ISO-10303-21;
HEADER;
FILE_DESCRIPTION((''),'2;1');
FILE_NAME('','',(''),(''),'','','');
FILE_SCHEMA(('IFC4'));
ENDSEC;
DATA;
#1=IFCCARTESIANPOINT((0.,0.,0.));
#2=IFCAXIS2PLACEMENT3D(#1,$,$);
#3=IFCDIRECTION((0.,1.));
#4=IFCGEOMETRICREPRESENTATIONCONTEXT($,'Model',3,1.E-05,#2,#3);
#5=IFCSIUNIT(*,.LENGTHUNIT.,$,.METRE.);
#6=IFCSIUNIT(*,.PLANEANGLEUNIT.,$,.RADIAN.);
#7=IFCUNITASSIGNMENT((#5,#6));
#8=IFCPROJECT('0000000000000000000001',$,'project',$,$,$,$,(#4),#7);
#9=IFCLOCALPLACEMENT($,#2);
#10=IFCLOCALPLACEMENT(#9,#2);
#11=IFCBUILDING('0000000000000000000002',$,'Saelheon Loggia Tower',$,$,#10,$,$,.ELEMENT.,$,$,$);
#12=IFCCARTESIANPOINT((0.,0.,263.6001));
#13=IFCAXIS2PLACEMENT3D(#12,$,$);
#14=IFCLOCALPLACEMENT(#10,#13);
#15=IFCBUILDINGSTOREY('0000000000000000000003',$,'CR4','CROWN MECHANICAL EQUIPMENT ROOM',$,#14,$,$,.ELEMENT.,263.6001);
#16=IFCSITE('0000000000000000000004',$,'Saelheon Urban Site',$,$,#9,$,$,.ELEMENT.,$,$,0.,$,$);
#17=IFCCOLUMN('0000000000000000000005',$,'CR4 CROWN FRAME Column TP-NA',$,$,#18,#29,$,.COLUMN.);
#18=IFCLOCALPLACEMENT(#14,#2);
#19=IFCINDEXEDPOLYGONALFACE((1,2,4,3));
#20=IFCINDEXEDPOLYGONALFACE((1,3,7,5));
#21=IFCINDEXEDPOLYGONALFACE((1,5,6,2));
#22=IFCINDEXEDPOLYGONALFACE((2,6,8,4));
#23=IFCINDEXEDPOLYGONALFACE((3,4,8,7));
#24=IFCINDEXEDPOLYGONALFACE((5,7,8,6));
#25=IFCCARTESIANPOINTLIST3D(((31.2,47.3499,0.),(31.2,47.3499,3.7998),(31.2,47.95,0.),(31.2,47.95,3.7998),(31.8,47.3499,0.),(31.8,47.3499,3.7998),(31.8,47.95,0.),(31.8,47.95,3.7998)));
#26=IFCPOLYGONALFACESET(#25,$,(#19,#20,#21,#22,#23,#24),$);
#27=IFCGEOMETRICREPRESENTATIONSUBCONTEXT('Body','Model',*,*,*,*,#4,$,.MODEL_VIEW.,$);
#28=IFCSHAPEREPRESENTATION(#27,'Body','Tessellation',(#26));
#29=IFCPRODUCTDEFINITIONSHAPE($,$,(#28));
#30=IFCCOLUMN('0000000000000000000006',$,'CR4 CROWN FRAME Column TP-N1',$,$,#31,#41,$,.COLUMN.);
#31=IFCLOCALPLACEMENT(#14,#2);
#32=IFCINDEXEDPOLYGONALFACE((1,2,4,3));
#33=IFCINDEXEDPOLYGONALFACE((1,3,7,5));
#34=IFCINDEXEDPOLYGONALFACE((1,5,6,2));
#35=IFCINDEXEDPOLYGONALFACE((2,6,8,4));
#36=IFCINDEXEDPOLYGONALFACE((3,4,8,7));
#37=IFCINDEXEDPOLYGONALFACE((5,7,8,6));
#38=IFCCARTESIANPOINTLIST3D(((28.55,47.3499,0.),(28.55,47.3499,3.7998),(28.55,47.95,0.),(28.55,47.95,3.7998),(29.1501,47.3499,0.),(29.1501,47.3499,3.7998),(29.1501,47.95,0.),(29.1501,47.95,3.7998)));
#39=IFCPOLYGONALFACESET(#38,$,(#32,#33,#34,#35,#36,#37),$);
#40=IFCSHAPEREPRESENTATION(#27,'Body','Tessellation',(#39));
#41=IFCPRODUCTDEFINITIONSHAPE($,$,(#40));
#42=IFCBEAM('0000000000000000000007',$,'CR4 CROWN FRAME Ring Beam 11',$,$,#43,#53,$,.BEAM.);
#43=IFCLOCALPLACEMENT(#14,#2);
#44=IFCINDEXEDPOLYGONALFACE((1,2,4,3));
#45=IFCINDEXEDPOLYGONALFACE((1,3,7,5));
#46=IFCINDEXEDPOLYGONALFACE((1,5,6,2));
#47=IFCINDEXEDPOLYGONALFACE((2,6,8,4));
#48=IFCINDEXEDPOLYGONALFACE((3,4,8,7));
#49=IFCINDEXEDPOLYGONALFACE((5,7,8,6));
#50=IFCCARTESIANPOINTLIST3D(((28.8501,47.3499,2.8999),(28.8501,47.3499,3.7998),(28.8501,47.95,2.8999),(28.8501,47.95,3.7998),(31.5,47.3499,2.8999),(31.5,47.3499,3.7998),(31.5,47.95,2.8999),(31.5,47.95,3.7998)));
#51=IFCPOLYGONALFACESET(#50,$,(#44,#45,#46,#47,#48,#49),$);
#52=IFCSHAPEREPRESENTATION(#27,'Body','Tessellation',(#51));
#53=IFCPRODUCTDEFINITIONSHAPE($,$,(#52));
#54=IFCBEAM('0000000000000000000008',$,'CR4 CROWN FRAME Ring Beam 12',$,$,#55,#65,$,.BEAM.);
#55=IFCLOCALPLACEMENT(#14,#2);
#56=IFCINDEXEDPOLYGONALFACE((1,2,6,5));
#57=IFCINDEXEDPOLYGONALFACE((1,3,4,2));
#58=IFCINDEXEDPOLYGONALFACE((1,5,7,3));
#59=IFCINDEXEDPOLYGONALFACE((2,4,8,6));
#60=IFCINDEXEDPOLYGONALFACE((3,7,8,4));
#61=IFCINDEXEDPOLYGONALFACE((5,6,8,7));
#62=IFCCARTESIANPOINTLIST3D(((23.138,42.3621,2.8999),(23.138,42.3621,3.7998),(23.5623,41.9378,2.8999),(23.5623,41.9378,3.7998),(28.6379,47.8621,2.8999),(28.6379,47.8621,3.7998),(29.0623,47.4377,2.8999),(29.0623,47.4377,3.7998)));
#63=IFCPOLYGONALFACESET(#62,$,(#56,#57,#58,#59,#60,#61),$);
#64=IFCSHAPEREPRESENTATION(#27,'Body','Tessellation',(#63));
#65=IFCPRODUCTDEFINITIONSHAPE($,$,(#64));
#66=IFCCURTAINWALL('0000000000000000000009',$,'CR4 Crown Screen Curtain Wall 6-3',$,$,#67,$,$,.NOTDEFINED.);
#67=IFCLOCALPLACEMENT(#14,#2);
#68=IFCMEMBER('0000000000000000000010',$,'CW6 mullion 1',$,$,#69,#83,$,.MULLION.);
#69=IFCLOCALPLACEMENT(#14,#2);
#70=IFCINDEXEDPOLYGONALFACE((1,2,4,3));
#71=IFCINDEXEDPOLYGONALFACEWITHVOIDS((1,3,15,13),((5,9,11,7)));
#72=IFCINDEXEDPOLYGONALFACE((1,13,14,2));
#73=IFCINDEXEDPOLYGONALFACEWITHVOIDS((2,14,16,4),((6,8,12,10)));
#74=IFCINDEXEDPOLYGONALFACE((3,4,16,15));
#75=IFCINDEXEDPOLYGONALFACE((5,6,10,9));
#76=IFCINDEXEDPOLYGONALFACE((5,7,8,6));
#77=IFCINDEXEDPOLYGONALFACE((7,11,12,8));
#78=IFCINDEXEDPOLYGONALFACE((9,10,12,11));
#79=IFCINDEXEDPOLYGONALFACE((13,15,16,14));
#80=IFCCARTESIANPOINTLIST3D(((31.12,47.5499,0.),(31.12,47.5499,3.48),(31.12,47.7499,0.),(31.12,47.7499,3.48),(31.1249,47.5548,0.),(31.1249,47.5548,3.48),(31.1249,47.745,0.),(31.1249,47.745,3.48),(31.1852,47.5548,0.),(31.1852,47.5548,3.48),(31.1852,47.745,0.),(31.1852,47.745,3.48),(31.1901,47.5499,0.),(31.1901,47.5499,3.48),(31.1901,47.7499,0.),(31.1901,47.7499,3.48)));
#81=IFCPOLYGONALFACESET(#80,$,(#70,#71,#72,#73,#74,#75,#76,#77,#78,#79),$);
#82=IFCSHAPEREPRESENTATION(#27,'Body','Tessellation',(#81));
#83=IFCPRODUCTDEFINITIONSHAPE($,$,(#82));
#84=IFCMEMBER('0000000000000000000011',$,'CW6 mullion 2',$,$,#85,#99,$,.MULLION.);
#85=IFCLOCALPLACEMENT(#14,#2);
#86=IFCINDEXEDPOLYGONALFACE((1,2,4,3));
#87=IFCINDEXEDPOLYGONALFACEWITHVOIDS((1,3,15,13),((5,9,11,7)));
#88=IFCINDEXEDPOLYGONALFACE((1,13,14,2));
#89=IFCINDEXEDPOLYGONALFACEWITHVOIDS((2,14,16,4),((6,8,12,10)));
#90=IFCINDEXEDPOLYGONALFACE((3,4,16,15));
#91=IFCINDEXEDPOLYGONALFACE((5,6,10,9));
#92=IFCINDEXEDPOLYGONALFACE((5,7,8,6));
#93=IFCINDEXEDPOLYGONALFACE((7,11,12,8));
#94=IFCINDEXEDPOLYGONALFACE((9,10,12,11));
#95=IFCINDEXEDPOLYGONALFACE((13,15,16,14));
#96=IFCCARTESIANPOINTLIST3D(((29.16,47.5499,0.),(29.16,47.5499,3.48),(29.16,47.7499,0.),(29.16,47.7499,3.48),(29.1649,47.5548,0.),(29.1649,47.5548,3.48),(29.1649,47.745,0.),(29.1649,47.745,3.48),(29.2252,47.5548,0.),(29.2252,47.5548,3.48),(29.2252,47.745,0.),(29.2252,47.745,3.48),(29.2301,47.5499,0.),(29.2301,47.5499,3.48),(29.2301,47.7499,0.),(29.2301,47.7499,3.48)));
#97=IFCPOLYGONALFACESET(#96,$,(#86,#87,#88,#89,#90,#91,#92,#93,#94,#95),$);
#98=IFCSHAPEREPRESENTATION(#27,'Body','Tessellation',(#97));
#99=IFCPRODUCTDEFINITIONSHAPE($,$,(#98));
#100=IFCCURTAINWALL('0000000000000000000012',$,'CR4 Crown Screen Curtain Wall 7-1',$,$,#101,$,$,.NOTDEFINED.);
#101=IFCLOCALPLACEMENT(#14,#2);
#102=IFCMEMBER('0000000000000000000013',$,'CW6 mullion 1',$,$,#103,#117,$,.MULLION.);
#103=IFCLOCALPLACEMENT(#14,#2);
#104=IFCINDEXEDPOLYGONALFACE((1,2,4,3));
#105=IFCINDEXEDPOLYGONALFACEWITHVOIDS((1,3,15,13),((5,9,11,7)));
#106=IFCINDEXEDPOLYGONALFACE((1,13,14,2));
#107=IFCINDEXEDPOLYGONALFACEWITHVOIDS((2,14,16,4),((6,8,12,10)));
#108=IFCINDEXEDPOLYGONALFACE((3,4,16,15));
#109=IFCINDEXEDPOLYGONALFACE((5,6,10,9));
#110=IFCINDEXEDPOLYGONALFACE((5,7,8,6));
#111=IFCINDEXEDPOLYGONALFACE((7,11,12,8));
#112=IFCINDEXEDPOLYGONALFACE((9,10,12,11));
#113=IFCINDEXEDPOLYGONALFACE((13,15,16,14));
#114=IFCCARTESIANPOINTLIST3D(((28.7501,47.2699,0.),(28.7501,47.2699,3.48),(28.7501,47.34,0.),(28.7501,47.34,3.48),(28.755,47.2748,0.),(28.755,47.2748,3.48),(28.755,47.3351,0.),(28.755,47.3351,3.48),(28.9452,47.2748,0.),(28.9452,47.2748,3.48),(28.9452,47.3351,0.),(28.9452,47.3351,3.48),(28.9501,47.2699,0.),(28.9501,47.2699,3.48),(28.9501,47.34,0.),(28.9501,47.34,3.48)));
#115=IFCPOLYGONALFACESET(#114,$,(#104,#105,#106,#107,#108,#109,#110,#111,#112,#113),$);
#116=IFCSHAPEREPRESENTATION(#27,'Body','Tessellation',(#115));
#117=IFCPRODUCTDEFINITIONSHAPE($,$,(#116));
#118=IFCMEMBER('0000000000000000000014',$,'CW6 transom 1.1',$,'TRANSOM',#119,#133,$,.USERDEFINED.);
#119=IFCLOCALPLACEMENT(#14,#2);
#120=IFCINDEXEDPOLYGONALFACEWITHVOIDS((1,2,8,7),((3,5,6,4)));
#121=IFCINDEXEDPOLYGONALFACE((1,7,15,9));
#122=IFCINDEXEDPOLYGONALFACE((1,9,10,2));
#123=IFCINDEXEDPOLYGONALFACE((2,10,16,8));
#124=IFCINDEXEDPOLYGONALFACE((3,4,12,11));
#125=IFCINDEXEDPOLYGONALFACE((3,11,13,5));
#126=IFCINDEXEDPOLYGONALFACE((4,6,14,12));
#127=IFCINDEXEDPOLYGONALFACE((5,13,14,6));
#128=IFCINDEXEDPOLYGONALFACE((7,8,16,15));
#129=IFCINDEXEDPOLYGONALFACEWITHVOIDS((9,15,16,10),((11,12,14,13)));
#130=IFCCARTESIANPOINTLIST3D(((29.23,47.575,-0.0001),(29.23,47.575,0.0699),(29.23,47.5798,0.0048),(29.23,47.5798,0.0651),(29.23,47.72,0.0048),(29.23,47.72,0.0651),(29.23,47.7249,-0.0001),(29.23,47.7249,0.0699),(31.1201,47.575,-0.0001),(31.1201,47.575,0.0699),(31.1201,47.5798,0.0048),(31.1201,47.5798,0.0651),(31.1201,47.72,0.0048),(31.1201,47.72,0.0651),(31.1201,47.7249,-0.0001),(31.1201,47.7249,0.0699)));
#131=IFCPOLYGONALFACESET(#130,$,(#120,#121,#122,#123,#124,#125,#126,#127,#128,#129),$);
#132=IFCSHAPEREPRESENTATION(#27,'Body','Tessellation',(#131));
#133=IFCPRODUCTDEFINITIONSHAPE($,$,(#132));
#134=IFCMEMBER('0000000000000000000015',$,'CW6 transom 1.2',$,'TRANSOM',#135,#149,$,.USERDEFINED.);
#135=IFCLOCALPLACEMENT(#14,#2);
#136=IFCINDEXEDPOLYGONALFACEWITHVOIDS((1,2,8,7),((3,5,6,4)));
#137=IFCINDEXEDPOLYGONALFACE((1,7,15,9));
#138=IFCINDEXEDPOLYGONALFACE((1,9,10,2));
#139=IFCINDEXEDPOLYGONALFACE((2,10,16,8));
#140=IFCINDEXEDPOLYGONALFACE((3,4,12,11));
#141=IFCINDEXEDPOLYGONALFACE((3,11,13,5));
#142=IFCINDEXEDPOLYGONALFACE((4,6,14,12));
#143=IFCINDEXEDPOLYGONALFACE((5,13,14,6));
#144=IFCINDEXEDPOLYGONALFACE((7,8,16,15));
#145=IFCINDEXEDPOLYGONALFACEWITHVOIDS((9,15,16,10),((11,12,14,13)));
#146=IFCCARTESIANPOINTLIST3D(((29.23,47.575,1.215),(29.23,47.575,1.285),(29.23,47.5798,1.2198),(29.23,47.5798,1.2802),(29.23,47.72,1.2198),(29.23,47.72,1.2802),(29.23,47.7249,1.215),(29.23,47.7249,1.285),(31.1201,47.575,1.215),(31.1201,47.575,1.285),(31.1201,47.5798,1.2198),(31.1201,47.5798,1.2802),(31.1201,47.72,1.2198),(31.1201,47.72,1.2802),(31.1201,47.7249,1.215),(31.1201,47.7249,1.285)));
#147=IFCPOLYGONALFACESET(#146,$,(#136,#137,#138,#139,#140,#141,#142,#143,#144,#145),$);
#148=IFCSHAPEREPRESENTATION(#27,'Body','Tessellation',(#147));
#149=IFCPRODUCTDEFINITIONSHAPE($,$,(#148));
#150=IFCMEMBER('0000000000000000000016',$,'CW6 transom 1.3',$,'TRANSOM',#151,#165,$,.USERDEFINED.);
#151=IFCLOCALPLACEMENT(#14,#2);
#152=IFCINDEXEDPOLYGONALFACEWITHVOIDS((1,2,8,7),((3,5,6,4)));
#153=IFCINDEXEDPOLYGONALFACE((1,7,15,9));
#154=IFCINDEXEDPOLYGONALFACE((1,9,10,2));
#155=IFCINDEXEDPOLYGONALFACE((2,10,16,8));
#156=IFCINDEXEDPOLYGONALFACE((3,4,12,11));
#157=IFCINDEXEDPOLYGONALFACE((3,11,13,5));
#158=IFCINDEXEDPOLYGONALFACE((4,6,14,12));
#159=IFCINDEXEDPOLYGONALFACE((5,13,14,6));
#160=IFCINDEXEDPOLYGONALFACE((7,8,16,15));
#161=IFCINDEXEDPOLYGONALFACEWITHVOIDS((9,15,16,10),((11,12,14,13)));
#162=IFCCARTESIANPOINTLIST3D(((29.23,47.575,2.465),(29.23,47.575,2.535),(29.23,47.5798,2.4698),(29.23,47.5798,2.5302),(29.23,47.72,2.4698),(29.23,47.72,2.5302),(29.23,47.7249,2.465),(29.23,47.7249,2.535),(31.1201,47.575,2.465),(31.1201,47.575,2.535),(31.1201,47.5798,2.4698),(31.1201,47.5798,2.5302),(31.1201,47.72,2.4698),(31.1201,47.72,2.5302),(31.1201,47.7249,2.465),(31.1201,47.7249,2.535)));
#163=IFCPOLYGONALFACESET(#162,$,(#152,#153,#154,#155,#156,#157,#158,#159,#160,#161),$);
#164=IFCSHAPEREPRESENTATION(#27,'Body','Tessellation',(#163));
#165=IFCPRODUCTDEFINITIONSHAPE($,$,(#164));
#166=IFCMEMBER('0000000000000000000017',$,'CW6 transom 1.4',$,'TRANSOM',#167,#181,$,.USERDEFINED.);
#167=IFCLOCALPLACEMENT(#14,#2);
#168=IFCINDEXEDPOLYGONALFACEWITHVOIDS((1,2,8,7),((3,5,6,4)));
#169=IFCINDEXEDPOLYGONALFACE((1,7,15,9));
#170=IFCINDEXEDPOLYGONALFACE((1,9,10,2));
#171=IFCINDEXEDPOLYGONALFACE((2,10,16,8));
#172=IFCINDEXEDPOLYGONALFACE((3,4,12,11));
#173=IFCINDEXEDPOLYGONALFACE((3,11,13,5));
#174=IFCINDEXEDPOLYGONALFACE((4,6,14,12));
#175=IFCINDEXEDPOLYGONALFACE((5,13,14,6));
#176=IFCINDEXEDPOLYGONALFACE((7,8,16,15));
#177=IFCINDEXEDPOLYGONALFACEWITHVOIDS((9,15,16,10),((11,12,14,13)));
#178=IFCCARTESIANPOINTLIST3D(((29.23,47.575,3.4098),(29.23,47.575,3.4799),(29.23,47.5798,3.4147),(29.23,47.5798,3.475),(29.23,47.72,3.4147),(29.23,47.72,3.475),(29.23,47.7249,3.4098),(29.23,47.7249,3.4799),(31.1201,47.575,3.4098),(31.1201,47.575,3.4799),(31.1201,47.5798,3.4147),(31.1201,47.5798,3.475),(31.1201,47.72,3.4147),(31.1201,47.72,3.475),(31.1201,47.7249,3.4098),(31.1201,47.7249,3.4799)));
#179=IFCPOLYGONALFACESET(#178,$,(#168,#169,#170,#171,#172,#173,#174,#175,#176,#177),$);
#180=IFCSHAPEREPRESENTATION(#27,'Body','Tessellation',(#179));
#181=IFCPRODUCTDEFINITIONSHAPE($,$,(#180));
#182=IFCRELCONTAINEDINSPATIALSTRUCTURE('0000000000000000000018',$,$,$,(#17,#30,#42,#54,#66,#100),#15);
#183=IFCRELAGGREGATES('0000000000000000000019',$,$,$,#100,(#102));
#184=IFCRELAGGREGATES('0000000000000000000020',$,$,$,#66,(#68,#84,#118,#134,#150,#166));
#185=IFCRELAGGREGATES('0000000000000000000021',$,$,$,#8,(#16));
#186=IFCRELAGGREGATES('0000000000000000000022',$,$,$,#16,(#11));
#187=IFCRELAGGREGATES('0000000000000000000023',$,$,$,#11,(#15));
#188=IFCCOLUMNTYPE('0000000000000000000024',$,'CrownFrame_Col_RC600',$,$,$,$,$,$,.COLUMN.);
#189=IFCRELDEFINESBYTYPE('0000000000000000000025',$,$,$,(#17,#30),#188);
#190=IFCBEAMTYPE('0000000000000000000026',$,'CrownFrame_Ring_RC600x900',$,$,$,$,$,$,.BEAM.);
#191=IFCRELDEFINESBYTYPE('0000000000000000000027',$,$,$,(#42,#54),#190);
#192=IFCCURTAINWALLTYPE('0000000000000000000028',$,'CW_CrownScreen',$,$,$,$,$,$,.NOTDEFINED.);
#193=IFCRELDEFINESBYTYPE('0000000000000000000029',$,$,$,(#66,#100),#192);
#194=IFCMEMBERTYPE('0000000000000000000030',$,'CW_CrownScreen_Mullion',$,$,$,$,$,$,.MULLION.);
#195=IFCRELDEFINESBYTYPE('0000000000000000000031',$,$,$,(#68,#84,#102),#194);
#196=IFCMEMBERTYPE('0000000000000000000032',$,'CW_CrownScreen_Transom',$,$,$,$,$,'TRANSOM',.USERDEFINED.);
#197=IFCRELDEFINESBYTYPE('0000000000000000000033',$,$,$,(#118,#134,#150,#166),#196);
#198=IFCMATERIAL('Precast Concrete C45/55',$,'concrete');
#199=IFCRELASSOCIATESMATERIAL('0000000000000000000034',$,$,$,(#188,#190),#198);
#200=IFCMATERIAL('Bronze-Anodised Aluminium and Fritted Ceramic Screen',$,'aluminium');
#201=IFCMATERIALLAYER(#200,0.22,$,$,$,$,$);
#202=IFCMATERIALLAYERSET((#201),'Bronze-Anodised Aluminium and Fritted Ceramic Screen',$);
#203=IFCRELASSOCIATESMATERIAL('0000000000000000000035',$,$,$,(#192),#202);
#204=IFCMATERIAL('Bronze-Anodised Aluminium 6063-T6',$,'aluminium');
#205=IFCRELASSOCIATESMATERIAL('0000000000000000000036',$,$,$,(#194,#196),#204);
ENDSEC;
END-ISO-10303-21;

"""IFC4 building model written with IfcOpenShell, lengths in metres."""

from ifc_helpers import new_model, si_unit, direction, frame, origin, origin_2d, place, context, subcontext, project, spatial, rectangle, hollow_rectangle, extrude, source, transform, mapped, material, layer, layer_set, material_profile, profile_set, type_object, element, aggregate, save


model = new_model("IFC4")

# Units and contexts
model_context = context("Model", 3, precision=1e-05, world=origin(), true_north=direction((0.0, 1.0)))
body_context = subcontext(model_context, "Body", "Model", "MODEL_VIEW")
ifc_project = project(units=[si_unit("LENGTHUNIT", "METRE"), si_unit("PLANEANGLEUNIT", "RADIAN")], contexts=[model_context])

# Site, building, storey
site_placement = place(None, origin())
site = spatial("IfcSite", under=ifc_project, at=site_placement, Name="Saelheon Urban Site", CompositionType="ELEMENT", RefElevation=0.0)
building_placement = place(site_placement, origin())
building = spatial("IfcBuilding", under=site, at=building_placement, Name="Saelheon Loggia Tower", CompositionType="ELEMENT")
storey_placement = place(building_placement, frame((0.0, 0.0, 263.6001)))
storey = spatial("IfcBuildingStorey", under=building, at=storey_placement, Name="CR4", Description="CROWN MECHANICAL EQUIPMENT ROOM", CompositionType="ELEMENT", Elevation=263.6001)

# Columns
ifc_material_1 = material(Name="Precast Concrete C45/55", Category="concrete")
ifc_material_profile_1 = material_profile(ifc_material_1, rectangle(XDim=0.6001, YDim=0.6001, at=origin_2d()), Name="RC-600x600")
ifc_profile_set_1 = profile_set([ifc_material_profile_1], Name="Precast Concrete C45/55")
column_type = type_object("IfcColumnType", Name="CrownFrame_Col_RC600", PredefinedType="COLUMN", material=ifc_profile_set_1)
shared_shape_1 = source(origin(), body_context, "Body", "SweptSolid", [
    extrude(rectangle(XDim=0.6001, YDim=0.6001, at=origin_2d()), origin(), (0.0, 0.0, 1.0), 3.7998),
])
for number, where, z_axis, x_axis, name in (
    (1, (31.5, 47.6499, 0.0), (0.0, 0.0, 1.0), (1.0, 0.0, 0.0), "CR4 CROWN FRAME Column TP-NA"),
    (2, (28.8501, 47.6499, 0.0), (0.0, 0.0, 1.0), (1.0, 0.0, 0.0), "CR4 CROWN FRAME Column TP-N1"),
):
    element("IfcColumn", number, at=place(storey_placement, frame(where, z_axis=z_axis, x_axis=x_axis)), inside=storey, type_object=column_type, Name=name, PredefinedType="COLUMN", context=body_context, shape_type="MappedRepresentation", body=[
        mapped(shared_shape_1, transform((0.0, 0.0, 0.0), scale=1.0)),
    ])

# Beams
ifc_material_profile_2 = material_profile(ifc_material_1, rectangle(XDim=0.6001, YDim=0.8999, at=origin_2d()), Name="RC-600x900")
ifc_profile_set_2 = profile_set([ifc_material_profile_2], Name="Precast Concrete C45/55")
beam_type = type_object("IfcBeamType", Name="CrownFrame_Ring_RC600x900", PredefinedType="BEAM", material=ifc_profile_set_2)
shared_shape_2 = source(origin(), body_context, "Body", "SweptSolid", [
    extrude(rectangle(XDim=0.6001, YDim=0.8999, at=origin_2d()), origin(), (0.0, 0.0, 1.0), 2.6499),
])
beam_1_placement = place(storey_placement, frame((31.5, 47.6499, 3.3499), z_axis=(-1.0, 0.0, 0.0), x_axis=(0.0, -1.0, 0.0)))
element("IfcBeam", 3, at=beam_1_placement, inside=storey, type_object=beam_type, Name="CR4 CROWN FRAME Ring Beam 11", PredefinedType="BEAM", context=body_context, shape_type="MappedRepresentation", body=[
    mapped(shared_shape_2, transform((0.0, 0.0, 0.0), scale=1.0)),
])
shared_shape_3 = source(origin(), body_context, "Body", "SweptSolid", [
    extrude(rectangle(XDim=0.6001, YDim=0.8999, at=origin_2d()), origin(), (0.0, 0.0, 1.0), 7.7781),
])
beam_2_placement = place(storey_placement, frame((28.8501, 47.6499, 3.3499), z_axis=(-0.707107, -0.707107, 0.0), x_axis=(0.707107, -0.707107, 0.0)))
element("IfcBeam", 4, at=beam_2_placement, inside=storey, type_object=beam_type, Name="CR4 CROWN FRAME Ring Beam 12", PredefinedType="BEAM", context=body_context, shape_type="MappedRepresentation", body=[
    mapped(shared_shape_3, transform((0.0, 0.0, 0.0), scale=1.0)),
])

# Curtain wall, members
ifc_material_2 = material(Name="Bronze-Anodised Aluminium and Fritted Ceramic Screen", Category="aluminium")
ifc_layer_1 = layer(ifc_material_2, 0.22)
ifc_layer_set_1 = layer_set([ifc_layer_1], Name="Bronze-Anodised Aluminium and Fritted Ceramic Screen")
curtain_wall_type = type_object("IfcCurtainWallType", Name="CW_CrownScreen", PredefinedType="NOTDEFINED", material=ifc_layer_set_1)
curtain_wall_1_placement = place(storey_placement, origin())
curtain_wall_1 = element("IfcCurtainWall", 5, at=curtain_wall_1_placement, inside=storey, type_object=curtain_wall_type, Name="CR4 Crown Screen Curtain Wall 6-3", PredefinedType="NOTDEFINED")
ifc_material_3 = material(Name="Bronze-Anodised Aluminium 6063-T6", Category="aluminium")
ifc_material_profile_3 = material_profile(ifc_material_3, hollow_rectangle(XDim=0.0701, YDim=0.2, WallThickness=0.0049, at=origin_2d()), Name="RHS-200x70x5")
ifc_profile_set_3 = profile_set([ifc_material_profile_3], Name="Bronze-Anodised Aluminium 6063-T6")
member_type_1 = type_object("IfcMemberType", Name="CW_CrownScreen_Mullion", PredefinedType="MULLION", material=ifc_profile_set_3)
shared_shape_4 = source(origin(), body_context, "Body", "SweptSolid", [
    extrude(hollow_rectangle(XDim=0.0701, YDim=0.2, WallThickness=0.0049, at=origin_2d()), origin(), (0.0, 0.0, 1.0), 3.48),
])
member_1_placement = place(storey_placement, frame((31.155, 47.6499, 0.0), z_axis=(0.0, 0.0, 1.0), x_axis=(-1.0, 0.0, 0.0)))
member_1 = element("IfcMember", 6, at=member_1_placement, type_object=member_type_1, Name="CW6 mullion 1", PredefinedType="MULLION", context=body_context, shape_type="MappedRepresentation", body=[
    mapped(shared_shape_4, transform((0.0, 0.0, 0.0), scale=1.0)),
])
member_2_placement = place(storey_placement, frame((29.1951, 47.6499, 0.0), z_axis=(0.0, 0.0, 1.0), x_axis=(-1.0, 0.0, 0.0)))
member_2 = element("IfcMember", 7, at=member_2_placement, type_object=member_type_1, Name="CW6 mullion 2", PredefinedType="MULLION", context=body_context, shape_type="MappedRepresentation", body=[
    mapped(shared_shape_4, transform((0.0, 0.0, 0.0), scale=1.0)),
])

# Curtain wall, member
curtain_wall_2_placement = place(storey_placement, origin())
curtain_wall_2 = element("IfcCurtainWall", 8, at=curtain_wall_2_placement, inside=storey, type_object=curtain_wall_type, Name="CR4 Crown Screen Curtain Wall 7-1", PredefinedType="NOTDEFINED")
member_3_placement = place(storey_placement, frame((28.8501, 47.3049, 0.0), z_axis=(0.0, 0.0, 1.0), x_axis=(0.0, -1.0, 0.0)))
member_3 = element("IfcMember", 9, at=member_3_placement, type_object=member_type_1, Name="CW6 mullion 1", PredefinedType="MULLION", context=body_context, shape_type="MappedRepresentation", body=[
    mapped(shared_shape_4, transform((0.0, 0.0, 0.0), scale=1.0)),
])

# Members
ifc_material_profile_4 = material_profile(ifc_material_3, hollow_rectangle(XDim=0.0701, YDim=0.1499, WallThickness=0.0049, at=origin_2d()), Name="RHS-150x70x5")
ifc_profile_set_4 = profile_set([ifc_material_profile_4], Name="Bronze-Anodised Aluminium 6063-T6")
member_type_2 = type_object("IfcMemberType", Name="CW_CrownScreen_Transom", ElementType="TRANSOM", PredefinedType="USERDEFINED", material=ifc_profile_set_4)
shared_shape_5 = source(origin(), body_context, "Body", "SweptSolid", [
    extrude(hollow_rectangle(XDim=0.0701, YDim=0.1499, WallThickness=0.0049, at=origin_2d()), origin(), (0.0, 0.0, 1.0), 1.8901),
])
member_4_placement = place(storey_placement, frame((31.1201, 47.6499, 0.0349), z_axis=(-1.0, 0.0, 0.0), x_axis=(0.0, 0.0, 1.0)))
member_4 = element("IfcMember", 10, at=member_4_placement, type_object=member_type_2, Name="CW6 transom 1.1", ObjectType="TRANSOM", PredefinedType="USERDEFINED", context=body_context, shape_type="MappedRepresentation", body=[
    mapped(shared_shape_5, transform((0.0, 0.0, 0.0), scale=1.0)),
])
member_5_placement = place(storey_placement, frame((31.1201, 47.6499, 1.25), z_axis=(-1.0, 0.0, 0.0), x_axis=(0.0, 0.0, 1.0)))
member_5 = element("IfcMember", 11, at=member_5_placement, type_object=member_type_2, Name="CW6 transom 1.2", ObjectType="TRANSOM", PredefinedType="USERDEFINED", context=body_context, shape_type="MappedRepresentation", body=[
    mapped(shared_shape_5, transform((0.0, 0.0, 0.0), scale=1.0)),
])
member_6_placement = place(storey_placement, frame((31.1201, 47.6499, 2.5), z_axis=(-1.0, 0.0, 0.0), x_axis=(0.0, 0.0, 1.0)))
member_6 = element("IfcMember", 12, at=member_6_placement, type_object=member_type_2, Name="CW6 transom 1.3", ObjectType="TRANSOM", PredefinedType="USERDEFINED", context=body_context, shape_type="MappedRepresentation", body=[
    mapped(shared_shape_5, transform((0.0, 0.0, 0.0), scale=1.0)),
])
member_7_placement = place(storey_placement, frame((31.1201, 47.6499, 3.4448), z_axis=(-1.0, 0.0, 0.0), x_axis=(0.0, 0.0, 1.0)))
member_7 = element("IfcMember", 13, at=member_7_placement, type_object=member_type_2, Name="CW6 transom 1.4", ObjectType="TRANSOM", PredefinedType="USERDEFINED", context=body_context, shape_type="MappedRepresentation", body=[
    mapped(shared_shape_5, transform((0.0, 0.0, 0.0), scale=1.0)),
])
aggregate(curtain_wall_2, [member_3])

aggregate(curtain_wall_1, [member_1, member_2, member_4, member_5, member_6, member_7])

save(model, "model.ifc")
